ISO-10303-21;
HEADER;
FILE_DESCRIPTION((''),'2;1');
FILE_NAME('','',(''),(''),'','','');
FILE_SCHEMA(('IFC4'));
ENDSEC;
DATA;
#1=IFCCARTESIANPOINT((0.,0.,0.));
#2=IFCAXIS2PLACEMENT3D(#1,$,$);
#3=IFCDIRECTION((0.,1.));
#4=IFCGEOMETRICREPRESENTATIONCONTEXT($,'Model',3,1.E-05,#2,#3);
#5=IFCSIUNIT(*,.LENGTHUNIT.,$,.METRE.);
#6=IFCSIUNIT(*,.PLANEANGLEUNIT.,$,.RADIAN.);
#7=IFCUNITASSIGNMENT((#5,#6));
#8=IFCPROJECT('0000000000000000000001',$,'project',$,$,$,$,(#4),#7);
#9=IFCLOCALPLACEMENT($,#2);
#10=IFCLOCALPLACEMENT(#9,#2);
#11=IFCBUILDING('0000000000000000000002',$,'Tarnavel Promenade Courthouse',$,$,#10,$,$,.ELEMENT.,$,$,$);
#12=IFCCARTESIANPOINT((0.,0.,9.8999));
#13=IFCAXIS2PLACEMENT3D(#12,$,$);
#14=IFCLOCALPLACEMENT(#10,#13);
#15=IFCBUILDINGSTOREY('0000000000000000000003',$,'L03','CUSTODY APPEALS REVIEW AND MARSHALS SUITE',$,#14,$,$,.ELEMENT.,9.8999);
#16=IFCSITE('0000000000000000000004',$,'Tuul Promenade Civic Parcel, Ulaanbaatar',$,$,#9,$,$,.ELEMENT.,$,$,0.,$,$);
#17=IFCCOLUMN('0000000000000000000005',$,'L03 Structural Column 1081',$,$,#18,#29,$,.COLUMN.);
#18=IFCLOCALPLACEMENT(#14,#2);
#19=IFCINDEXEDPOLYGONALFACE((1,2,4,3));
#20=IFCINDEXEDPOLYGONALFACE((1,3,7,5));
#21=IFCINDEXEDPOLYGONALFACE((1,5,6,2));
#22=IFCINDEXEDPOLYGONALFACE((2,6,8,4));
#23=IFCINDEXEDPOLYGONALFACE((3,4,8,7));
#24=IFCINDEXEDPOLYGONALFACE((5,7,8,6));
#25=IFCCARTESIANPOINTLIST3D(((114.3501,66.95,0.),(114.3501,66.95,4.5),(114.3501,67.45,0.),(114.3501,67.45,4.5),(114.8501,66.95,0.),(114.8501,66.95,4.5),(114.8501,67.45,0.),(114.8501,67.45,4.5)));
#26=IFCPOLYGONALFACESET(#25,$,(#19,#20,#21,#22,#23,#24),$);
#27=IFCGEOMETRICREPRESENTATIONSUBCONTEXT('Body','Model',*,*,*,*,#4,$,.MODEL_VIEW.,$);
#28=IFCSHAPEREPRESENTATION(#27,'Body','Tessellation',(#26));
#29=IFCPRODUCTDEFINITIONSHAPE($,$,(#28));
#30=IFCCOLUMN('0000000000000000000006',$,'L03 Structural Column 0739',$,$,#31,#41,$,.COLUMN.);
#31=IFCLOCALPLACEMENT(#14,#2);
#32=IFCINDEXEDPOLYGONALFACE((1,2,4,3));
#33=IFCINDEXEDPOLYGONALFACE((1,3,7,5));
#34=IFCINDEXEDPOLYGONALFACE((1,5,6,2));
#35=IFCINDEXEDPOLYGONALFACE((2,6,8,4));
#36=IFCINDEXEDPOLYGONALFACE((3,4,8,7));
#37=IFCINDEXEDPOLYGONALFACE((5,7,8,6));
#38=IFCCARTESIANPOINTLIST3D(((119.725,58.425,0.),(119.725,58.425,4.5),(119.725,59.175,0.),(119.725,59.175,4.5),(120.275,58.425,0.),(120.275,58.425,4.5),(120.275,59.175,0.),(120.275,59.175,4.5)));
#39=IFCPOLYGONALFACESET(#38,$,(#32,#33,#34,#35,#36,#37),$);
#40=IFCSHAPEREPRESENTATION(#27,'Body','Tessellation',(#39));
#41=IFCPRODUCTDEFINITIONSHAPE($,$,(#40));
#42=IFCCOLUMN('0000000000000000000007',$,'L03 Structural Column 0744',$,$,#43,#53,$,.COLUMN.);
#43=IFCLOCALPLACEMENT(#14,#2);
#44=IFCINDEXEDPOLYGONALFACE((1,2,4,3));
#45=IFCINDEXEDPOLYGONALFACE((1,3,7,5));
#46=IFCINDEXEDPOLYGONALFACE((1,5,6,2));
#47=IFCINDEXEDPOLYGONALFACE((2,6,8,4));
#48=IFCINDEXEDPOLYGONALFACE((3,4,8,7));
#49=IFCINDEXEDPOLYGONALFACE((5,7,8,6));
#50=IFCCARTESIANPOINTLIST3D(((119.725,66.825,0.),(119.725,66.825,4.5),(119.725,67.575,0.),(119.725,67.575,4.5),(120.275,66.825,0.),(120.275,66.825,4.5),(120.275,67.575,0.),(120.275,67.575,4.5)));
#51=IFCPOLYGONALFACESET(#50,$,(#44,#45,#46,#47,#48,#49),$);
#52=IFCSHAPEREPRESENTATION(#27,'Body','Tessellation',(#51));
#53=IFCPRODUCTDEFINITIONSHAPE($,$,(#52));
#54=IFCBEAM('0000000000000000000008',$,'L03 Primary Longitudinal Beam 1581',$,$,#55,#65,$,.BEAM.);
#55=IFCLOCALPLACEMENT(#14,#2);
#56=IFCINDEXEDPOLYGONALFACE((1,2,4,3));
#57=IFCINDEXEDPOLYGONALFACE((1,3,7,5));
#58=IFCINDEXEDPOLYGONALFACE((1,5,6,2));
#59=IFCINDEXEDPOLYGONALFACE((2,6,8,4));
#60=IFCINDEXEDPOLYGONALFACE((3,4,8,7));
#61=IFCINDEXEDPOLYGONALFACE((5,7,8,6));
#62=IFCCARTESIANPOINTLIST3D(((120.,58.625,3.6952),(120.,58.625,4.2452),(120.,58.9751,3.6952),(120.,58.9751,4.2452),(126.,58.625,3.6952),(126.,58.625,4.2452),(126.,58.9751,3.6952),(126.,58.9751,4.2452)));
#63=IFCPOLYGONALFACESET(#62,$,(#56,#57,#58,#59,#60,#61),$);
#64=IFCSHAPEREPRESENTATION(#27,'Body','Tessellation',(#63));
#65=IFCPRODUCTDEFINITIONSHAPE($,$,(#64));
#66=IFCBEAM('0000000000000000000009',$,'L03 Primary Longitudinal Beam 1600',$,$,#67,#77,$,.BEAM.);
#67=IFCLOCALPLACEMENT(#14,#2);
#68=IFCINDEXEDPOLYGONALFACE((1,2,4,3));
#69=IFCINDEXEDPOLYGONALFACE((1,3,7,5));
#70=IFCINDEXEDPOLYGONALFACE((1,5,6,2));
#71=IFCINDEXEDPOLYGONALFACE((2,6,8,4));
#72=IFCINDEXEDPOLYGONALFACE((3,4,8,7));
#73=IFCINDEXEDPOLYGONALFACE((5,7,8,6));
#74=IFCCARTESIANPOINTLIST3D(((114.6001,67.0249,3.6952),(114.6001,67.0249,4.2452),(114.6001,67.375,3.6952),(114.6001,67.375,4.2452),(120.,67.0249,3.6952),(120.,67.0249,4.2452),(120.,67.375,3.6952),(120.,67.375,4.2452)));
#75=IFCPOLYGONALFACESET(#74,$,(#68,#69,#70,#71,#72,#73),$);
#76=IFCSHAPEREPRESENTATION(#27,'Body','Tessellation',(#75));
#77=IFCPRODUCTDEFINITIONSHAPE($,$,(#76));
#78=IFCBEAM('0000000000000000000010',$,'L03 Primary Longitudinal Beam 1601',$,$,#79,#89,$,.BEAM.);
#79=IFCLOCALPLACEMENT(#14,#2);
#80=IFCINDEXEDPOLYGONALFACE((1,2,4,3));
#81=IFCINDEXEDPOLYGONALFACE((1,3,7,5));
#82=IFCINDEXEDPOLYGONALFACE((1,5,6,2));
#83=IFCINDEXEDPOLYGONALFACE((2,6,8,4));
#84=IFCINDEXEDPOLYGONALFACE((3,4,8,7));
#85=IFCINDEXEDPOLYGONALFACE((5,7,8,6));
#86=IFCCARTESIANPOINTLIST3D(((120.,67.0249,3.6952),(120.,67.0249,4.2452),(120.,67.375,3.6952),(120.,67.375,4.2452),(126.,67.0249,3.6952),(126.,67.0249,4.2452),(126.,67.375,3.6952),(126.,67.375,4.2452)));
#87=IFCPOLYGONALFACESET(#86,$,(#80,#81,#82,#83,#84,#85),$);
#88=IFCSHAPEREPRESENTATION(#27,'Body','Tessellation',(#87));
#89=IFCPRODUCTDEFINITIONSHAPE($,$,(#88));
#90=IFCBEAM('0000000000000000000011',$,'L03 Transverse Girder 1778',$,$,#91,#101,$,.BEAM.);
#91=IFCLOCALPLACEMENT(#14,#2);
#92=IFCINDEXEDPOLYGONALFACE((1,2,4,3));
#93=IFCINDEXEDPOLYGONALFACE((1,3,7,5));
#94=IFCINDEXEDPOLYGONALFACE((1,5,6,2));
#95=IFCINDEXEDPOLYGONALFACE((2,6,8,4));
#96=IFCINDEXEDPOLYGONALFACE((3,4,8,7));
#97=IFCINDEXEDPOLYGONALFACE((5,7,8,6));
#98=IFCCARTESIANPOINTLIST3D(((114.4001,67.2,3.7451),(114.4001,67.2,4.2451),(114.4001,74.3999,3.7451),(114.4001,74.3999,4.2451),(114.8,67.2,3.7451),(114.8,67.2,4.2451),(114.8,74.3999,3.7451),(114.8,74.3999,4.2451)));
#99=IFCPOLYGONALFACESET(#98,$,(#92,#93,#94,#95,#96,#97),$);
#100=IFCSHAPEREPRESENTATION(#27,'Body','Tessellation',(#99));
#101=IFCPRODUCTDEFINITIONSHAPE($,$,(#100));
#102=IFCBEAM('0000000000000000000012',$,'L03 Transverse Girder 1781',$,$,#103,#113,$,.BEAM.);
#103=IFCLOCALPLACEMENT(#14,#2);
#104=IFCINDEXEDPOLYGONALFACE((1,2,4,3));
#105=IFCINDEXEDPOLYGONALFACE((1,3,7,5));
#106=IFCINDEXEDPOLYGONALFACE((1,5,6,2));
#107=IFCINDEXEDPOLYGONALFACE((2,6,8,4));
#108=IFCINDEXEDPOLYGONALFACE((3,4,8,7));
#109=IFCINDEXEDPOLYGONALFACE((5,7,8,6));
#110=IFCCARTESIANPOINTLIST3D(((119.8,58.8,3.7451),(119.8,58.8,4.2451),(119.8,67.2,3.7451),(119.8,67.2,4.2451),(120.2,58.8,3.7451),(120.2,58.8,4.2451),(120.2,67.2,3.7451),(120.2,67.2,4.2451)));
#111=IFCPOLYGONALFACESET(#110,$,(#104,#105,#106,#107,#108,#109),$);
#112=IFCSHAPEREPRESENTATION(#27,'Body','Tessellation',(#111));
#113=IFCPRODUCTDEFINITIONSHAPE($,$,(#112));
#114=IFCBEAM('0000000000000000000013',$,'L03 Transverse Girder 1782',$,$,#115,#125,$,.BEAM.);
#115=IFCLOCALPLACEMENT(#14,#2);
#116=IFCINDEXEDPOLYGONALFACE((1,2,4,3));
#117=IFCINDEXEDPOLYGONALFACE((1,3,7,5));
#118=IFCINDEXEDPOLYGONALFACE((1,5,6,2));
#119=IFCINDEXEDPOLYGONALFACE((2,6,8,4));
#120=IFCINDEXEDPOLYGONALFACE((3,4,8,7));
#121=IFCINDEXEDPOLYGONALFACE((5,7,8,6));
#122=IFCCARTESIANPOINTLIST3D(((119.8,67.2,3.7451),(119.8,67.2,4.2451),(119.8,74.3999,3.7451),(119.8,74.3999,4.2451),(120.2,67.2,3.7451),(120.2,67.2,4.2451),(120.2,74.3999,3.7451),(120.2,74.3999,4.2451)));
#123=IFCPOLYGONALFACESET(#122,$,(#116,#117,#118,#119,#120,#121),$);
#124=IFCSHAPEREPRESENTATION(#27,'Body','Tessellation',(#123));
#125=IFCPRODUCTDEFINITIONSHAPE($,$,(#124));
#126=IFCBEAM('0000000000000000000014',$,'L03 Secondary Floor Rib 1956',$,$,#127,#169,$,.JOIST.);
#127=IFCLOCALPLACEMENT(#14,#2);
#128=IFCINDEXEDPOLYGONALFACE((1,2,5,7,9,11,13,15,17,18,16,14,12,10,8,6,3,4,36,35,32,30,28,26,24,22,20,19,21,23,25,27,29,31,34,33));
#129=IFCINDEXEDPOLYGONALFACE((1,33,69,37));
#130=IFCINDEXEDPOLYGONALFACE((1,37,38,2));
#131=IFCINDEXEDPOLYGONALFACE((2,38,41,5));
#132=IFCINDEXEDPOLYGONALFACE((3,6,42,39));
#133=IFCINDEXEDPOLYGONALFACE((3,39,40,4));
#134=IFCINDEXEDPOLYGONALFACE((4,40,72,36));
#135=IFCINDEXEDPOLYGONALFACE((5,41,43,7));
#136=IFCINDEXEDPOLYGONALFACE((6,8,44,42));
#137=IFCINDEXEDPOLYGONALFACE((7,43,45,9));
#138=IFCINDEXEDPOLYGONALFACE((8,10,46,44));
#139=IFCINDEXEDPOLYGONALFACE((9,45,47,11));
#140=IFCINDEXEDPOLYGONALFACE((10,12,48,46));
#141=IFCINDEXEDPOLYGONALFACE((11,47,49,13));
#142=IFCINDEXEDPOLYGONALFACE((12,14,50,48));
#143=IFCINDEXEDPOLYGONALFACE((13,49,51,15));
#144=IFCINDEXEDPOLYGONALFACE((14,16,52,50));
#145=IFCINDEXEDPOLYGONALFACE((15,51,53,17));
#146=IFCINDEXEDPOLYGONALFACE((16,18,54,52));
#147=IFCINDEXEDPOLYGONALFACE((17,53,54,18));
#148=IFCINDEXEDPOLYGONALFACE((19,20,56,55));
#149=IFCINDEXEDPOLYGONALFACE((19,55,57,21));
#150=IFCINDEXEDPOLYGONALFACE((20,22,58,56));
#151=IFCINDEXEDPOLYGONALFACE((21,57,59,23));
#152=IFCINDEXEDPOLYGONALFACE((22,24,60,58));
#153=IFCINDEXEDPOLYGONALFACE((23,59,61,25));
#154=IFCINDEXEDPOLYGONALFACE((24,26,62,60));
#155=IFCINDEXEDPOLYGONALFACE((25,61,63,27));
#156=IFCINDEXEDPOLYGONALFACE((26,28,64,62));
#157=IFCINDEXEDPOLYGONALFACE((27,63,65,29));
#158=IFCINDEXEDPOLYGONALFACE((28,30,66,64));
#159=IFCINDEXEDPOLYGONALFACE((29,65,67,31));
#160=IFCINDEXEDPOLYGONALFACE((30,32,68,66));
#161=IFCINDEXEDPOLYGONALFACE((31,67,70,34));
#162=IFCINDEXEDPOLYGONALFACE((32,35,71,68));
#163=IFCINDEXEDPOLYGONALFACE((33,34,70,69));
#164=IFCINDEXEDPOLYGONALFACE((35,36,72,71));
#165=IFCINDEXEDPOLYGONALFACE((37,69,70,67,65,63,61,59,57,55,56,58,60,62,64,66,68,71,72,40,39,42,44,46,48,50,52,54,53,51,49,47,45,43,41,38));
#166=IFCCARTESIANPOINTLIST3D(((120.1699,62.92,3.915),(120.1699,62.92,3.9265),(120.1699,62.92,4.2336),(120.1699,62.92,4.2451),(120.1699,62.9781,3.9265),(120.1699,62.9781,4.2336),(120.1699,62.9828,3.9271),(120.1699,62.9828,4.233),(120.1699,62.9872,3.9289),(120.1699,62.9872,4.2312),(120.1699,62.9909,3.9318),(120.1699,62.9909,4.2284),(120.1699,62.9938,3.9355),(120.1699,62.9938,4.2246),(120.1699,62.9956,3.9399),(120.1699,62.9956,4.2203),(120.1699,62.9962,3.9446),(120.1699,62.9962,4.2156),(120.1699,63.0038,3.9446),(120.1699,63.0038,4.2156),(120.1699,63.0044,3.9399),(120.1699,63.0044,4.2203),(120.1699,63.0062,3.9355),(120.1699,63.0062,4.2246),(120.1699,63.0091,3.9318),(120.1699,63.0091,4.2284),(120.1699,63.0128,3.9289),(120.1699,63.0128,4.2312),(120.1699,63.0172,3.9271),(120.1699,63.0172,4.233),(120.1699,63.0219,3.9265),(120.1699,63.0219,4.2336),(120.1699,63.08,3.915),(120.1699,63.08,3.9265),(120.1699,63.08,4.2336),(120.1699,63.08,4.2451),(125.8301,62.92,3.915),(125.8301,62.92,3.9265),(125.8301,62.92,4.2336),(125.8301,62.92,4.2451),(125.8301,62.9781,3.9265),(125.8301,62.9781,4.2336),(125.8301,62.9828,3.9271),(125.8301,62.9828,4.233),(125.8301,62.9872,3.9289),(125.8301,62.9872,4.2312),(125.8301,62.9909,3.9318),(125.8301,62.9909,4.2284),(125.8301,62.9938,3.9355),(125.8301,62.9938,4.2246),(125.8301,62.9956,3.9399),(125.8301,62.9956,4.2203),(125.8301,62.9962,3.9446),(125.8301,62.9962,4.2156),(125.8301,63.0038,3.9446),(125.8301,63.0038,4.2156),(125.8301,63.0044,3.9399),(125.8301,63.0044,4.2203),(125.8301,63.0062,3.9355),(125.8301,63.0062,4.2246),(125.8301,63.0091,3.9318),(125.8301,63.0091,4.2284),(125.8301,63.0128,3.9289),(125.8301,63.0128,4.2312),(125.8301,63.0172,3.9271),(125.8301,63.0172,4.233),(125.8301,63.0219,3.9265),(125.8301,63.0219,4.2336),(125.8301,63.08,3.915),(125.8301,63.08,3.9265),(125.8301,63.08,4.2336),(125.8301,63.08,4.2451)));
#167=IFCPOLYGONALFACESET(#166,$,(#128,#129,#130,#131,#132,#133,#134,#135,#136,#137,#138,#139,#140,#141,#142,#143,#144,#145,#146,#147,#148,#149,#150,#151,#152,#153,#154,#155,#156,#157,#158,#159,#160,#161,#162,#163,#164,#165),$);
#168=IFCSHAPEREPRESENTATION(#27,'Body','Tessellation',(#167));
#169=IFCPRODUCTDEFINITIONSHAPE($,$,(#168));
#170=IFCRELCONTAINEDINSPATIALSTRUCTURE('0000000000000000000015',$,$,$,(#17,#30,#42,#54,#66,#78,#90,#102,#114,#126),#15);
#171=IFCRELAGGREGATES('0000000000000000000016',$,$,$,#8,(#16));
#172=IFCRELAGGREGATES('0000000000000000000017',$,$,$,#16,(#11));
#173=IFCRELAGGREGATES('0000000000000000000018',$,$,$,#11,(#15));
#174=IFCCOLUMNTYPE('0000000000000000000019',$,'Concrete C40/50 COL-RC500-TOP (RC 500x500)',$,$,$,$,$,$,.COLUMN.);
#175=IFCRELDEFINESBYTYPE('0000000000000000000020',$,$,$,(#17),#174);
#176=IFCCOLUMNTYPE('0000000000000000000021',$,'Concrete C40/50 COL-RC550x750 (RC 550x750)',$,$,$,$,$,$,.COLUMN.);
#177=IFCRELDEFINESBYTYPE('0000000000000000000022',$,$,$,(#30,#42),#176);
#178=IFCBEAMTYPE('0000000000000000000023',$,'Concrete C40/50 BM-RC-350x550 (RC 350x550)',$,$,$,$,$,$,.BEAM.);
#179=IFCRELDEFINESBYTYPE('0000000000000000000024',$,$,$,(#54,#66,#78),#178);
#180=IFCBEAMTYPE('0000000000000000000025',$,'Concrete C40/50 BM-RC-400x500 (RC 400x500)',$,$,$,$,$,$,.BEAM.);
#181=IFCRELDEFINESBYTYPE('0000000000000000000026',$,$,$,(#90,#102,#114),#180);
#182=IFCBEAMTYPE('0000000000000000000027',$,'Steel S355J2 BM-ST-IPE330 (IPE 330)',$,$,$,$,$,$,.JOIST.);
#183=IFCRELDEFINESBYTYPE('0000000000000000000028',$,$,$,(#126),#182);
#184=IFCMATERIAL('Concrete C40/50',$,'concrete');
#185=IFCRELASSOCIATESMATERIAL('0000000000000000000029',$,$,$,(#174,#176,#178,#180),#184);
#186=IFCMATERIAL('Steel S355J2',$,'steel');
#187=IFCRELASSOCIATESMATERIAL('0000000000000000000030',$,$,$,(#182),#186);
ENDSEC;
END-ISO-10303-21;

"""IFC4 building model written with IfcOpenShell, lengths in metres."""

from ifc_helpers import new_model, si_unit, direction, frame, origin, origin_2d, place, context, subcontext, project, spatial, rectangle, i_section, extrude, material, material_profile, profile_set, type_object, element, save


model = new_model("IFC4")

# Units and contexts
model_context = context("Model", 3, precision=1e-05, world=origin(), true_north=direction((0.0, 1.0)))
body_context = subcontext(model_context, "Body", "Model", "MODEL_VIEW")
ifc_project = project(units=[si_unit("LENGTHUNIT", "METRE"), si_unit("PLANEANGLEUNIT", "RADIAN")], contexts=[model_context])

# Site, building, storey
site_placement = place(None, origin())
site = spatial("IfcSite", under=ifc_project, at=site_placement, Name="Tuul Promenade Civic Parcel, Ulaanbaatar", CompositionType="ELEMENT", RefElevation=0.0)
building_placement = place(site_placement, origin())
building = spatial("IfcBuilding", under=site, at=building_placement, Name="Tarnavel Promenade Courthouse", CompositionType="ELEMENT")
storey_placement = place(building_placement, frame((0.0, 0.0, 9.8999)))
storey = spatial("IfcBuildingStorey", under=building, at=storey_placement, Name="L03", Description="CUSTODY APPEALS REVIEW AND MARSHALS SUITE", CompositionType="ELEMENT", Elevation=9.8999)

# Columns
ifc_material_1 = material(Name="Concrete C40/50", Category="concrete")
ifc_material_profile_1 = material_profile(ifc_material_1, rectangle(XDim=0.5, YDim=0.5, at=origin_2d()), Name="RC 500x500")
ifc_profile_set_1 = profile_set([ifc_material_profile_1], Name="Concrete C40/50")
column_type_1 = type_object("IfcColumnType", Name="Concrete C40/50 COL-RC500-TOP (RC 500x500)", PredefinedType="COLUMN", material=ifc_profile_set_1)
column_placement = place(storey_placement, frame((114.6001, 67.2, 0.0), z_axis=(0.0, 0.0, 1.0), x_axis=(1.0, 0.0, 0.0)))
element("IfcColumn", 1, at=column_placement, inside=storey, type_object=column_type_1, Name="L03 Structural Column 1081", PredefinedType="COLUMN", context=body_context, shape_type="SweptSolid", body=[
    extrude(rectangle(XDim=0.5, YDim=0.5, at=origin_2d()), origin(), (0.0, 0.0, 1.0), 4.5),
])
ifc_material_profile_2 = material_profile(ifc_material_1, rectangle(XDim=0.55, YDim=0.75, at=origin_2d()), Name="RC 550x750")
ifc_profile_set_2 = profile_set([ifc_material_profile_2], Name="Concrete C40/50")
column_type_2 = type_object("IfcColumnType", Name="Concrete C40/50 COL-RC550x750 (RC 550x750)", PredefinedType="COLUMN", material=ifc_profile_set_2)
for number, where, z_axis, x_axis, name in (
    (2, (120.0, 58.8, 0.0), (0.0, 0.0, 1.0), (1.0, 0.0, 0.0), "L03 Structural Column 0739"),
    (3, (120.0, 67.2, 0.0), (0.0, 0.0, 1.0), (1.0, 0.0, 0.0), "L03 Structural Column 0744"),
):
    element("IfcColumn", number, at=place(storey_placement, frame(where, z_axis=z_axis, x_axis=x_axis)), inside=storey, type_object=column_type_2, Name=name, PredefinedType="COLUMN", context=body_context, shape_type="SweptSolid", body=[
        extrude(rectangle(XDim=0.55, YDim=0.75, at=origin_2d()), origin(), (0.0, 0.0, 1.0), 4.5),
    ])

# Beams
ifc_material_profile_3 = material_profile(ifc_material_1, rectangle(XDim=0.3501, YDim=0.55, at=origin_2d()), Name="RC 350x550")
ifc_profile_set_3 = profile_set([ifc_material_profile_3], Name="Concrete C40/50")
beam_type_1 = type_object("IfcBeamType", Name="Concrete C40/50 BM-RC-350x550 (RC 350x550)", PredefinedType="BEAM", material=ifc_profile_set_3)
beam_1_placement = place(storey_placement, frame((120.0, 58.8, 3.9702), z_axis=(1.0, 0.0, 0.0), x_axis=(0.0, 1.0, 0.0)))
element("IfcBeam", 4, at=beam_1_placement, inside=storey, type_object=beam_type_1, Name="L03 Primary Longitudinal Beam 1581", PredefinedType="BEAM", context=body_context, shape_type="SweptSolid", body=[
    extrude(rectangle(XDim=0.3501, YDim=0.55, at=origin_2d()), origin(), (0.0, 0.0, 1.0), 6.0),
])
beam_2_placement = place(storey_placement, frame((114.6001, 67.2, 3.9702), z_axis=(1.0, 0.0, 0.0), x_axis=(0.0, 1.0, 0.0)))
element("IfcBeam", 5, at=beam_2_placement, inside=storey, type_object=beam_type_1, Name="L03 Primary Longitudinal Beam 1600", PredefinedType="BEAM", context=body_context, shape_type="SweptSolid", body=[
    extrude(rectangle(XDim=0.3501, YDim=0.55, at=origin_2d()), origin(), (0.0, 0.0, 1.0), 5.3999),
])
beam_3_placement = place(storey_placement, frame((120.0, 67.2, 3.9702), z_axis=(1.0, 0.0, 0.0), x_axis=(0.0, 1.0, 0.0)))
element("IfcBeam", 6, at=beam_3_placement, inside=storey, type_object=beam_type_1, Name="L03 Primary Longitudinal Beam 1601", PredefinedType="BEAM", context=body_context, shape_type="SweptSolid", body=[
    extrude(rectangle(XDim=0.3501, YDim=0.55, at=origin_2d()), origin(), (0.0, 0.0, 1.0), 6.0),
])
ifc_material_profile_4 = material_profile(ifc_material_1, rectangle(XDim=0.3999, YDim=0.5, at=origin_2d()), Name="RC 400x500")
ifc_profile_set_4 = profile_set([ifc_material_profile_4], Name="Concrete C40/50")
beam_type_2 = type_object("IfcBeamType", Name="Concrete C40/50 BM-RC-400x500 (RC 400x500)", PredefinedType="BEAM", material=ifc_profile_set_4)
beam_4_placement = place(storey_placement, frame((114.6001, 67.2, 3.9951), z_axis=(0.0, 1.0, 0.0), x_axis=(-1.0, 0.0, 0.0)))
element("IfcBeam", 7, at=beam_4_placement, inside=storey, type_object=beam_type_2, Name="L03 Transverse Girder 1778", PredefinedType="BEAM", context=body_context, shape_type="SweptSolid", body=[
    extrude(rectangle(XDim=0.3999, YDim=0.5, at=origin_2d()), origin(), (0.0, 0.0, 1.0), 7.2),
])
beam_5_placement = place(storey_placement, frame((120.0, 58.8, 3.9951), z_axis=(0.0, 1.0, 0.0), x_axis=(-1.0, 0.0, 0.0)))
element("IfcBeam", 8, at=beam_5_placement, inside=storey, type_object=beam_type_2, Name="L03 Transverse Girder 1781", PredefinedType="BEAM", context=body_context, shape_type="SweptSolid", body=[
    extrude(rectangle(XDim=0.3999, YDim=0.5, at=origin_2d()), origin(), (0.0, 0.0, 1.0), 8.3999),
])
beam_6_placement = place(storey_placement, frame((120.0, 67.2, 3.9951), z_axis=(0.0, 1.0, 0.0), x_axis=(-1.0, 0.0, 0.0)))
element("IfcBeam", 9, at=beam_6_placement, inside=storey, type_object=beam_type_2, Name="L03 Transverse Girder 1782", PredefinedType="BEAM", context=body_context, shape_type="SweptSolid", body=[
    extrude(rectangle(XDim=0.3999, YDim=0.5, at=origin_2d()), origin(), (0.0, 0.0, 1.0), 7.2),
])
ifc_material_2 = material(Name="Steel S355J2", Category="steel")
ifc_material_profile_5 = material_profile(ifc_material_2, i_section(OverallWidth=0.1599, OverallDepth=0.3301, WebThickness=0.0076, FlangeThickness=0.0115, FilletRadius=0.0181, at=origin_2d()), Name="IPE 330")
ifc_profile_set_5 = profile_set([ifc_material_profile_5], Name="Steel S355J2")
beam_type_3 = type_object("IfcBeamType", Name="Steel S355J2 BM-ST-IPE330 (IPE 330)", PredefinedType="JOIST", material=ifc_profile_set_5)
beam_7_placement = place(storey_placement, frame((120.1699, 63.0, 4.0801), z_axis=(1.0, 0.0, 0.0), x_axis=(0.0, 1.0, 0.0)))
element("IfcBeam", 10, at=beam_7_placement, inside=storey, type_object=beam_type_3, Name="L03 Secondary Floor Rib 1956", PredefinedType="JOIST", context=body_context, shape_type="SweptSolid", body=[
    extrude(i_section(OverallWidth=0.1599, OverallDepth=0.3301, WebThickness=0.0076, FlangeThickness=0.0115, FilletRadius=0.0181, at=origin_2d()), origin(), (0.0, 0.0, 1.0), 5.6602),
])

save(model, "model.ifc")
